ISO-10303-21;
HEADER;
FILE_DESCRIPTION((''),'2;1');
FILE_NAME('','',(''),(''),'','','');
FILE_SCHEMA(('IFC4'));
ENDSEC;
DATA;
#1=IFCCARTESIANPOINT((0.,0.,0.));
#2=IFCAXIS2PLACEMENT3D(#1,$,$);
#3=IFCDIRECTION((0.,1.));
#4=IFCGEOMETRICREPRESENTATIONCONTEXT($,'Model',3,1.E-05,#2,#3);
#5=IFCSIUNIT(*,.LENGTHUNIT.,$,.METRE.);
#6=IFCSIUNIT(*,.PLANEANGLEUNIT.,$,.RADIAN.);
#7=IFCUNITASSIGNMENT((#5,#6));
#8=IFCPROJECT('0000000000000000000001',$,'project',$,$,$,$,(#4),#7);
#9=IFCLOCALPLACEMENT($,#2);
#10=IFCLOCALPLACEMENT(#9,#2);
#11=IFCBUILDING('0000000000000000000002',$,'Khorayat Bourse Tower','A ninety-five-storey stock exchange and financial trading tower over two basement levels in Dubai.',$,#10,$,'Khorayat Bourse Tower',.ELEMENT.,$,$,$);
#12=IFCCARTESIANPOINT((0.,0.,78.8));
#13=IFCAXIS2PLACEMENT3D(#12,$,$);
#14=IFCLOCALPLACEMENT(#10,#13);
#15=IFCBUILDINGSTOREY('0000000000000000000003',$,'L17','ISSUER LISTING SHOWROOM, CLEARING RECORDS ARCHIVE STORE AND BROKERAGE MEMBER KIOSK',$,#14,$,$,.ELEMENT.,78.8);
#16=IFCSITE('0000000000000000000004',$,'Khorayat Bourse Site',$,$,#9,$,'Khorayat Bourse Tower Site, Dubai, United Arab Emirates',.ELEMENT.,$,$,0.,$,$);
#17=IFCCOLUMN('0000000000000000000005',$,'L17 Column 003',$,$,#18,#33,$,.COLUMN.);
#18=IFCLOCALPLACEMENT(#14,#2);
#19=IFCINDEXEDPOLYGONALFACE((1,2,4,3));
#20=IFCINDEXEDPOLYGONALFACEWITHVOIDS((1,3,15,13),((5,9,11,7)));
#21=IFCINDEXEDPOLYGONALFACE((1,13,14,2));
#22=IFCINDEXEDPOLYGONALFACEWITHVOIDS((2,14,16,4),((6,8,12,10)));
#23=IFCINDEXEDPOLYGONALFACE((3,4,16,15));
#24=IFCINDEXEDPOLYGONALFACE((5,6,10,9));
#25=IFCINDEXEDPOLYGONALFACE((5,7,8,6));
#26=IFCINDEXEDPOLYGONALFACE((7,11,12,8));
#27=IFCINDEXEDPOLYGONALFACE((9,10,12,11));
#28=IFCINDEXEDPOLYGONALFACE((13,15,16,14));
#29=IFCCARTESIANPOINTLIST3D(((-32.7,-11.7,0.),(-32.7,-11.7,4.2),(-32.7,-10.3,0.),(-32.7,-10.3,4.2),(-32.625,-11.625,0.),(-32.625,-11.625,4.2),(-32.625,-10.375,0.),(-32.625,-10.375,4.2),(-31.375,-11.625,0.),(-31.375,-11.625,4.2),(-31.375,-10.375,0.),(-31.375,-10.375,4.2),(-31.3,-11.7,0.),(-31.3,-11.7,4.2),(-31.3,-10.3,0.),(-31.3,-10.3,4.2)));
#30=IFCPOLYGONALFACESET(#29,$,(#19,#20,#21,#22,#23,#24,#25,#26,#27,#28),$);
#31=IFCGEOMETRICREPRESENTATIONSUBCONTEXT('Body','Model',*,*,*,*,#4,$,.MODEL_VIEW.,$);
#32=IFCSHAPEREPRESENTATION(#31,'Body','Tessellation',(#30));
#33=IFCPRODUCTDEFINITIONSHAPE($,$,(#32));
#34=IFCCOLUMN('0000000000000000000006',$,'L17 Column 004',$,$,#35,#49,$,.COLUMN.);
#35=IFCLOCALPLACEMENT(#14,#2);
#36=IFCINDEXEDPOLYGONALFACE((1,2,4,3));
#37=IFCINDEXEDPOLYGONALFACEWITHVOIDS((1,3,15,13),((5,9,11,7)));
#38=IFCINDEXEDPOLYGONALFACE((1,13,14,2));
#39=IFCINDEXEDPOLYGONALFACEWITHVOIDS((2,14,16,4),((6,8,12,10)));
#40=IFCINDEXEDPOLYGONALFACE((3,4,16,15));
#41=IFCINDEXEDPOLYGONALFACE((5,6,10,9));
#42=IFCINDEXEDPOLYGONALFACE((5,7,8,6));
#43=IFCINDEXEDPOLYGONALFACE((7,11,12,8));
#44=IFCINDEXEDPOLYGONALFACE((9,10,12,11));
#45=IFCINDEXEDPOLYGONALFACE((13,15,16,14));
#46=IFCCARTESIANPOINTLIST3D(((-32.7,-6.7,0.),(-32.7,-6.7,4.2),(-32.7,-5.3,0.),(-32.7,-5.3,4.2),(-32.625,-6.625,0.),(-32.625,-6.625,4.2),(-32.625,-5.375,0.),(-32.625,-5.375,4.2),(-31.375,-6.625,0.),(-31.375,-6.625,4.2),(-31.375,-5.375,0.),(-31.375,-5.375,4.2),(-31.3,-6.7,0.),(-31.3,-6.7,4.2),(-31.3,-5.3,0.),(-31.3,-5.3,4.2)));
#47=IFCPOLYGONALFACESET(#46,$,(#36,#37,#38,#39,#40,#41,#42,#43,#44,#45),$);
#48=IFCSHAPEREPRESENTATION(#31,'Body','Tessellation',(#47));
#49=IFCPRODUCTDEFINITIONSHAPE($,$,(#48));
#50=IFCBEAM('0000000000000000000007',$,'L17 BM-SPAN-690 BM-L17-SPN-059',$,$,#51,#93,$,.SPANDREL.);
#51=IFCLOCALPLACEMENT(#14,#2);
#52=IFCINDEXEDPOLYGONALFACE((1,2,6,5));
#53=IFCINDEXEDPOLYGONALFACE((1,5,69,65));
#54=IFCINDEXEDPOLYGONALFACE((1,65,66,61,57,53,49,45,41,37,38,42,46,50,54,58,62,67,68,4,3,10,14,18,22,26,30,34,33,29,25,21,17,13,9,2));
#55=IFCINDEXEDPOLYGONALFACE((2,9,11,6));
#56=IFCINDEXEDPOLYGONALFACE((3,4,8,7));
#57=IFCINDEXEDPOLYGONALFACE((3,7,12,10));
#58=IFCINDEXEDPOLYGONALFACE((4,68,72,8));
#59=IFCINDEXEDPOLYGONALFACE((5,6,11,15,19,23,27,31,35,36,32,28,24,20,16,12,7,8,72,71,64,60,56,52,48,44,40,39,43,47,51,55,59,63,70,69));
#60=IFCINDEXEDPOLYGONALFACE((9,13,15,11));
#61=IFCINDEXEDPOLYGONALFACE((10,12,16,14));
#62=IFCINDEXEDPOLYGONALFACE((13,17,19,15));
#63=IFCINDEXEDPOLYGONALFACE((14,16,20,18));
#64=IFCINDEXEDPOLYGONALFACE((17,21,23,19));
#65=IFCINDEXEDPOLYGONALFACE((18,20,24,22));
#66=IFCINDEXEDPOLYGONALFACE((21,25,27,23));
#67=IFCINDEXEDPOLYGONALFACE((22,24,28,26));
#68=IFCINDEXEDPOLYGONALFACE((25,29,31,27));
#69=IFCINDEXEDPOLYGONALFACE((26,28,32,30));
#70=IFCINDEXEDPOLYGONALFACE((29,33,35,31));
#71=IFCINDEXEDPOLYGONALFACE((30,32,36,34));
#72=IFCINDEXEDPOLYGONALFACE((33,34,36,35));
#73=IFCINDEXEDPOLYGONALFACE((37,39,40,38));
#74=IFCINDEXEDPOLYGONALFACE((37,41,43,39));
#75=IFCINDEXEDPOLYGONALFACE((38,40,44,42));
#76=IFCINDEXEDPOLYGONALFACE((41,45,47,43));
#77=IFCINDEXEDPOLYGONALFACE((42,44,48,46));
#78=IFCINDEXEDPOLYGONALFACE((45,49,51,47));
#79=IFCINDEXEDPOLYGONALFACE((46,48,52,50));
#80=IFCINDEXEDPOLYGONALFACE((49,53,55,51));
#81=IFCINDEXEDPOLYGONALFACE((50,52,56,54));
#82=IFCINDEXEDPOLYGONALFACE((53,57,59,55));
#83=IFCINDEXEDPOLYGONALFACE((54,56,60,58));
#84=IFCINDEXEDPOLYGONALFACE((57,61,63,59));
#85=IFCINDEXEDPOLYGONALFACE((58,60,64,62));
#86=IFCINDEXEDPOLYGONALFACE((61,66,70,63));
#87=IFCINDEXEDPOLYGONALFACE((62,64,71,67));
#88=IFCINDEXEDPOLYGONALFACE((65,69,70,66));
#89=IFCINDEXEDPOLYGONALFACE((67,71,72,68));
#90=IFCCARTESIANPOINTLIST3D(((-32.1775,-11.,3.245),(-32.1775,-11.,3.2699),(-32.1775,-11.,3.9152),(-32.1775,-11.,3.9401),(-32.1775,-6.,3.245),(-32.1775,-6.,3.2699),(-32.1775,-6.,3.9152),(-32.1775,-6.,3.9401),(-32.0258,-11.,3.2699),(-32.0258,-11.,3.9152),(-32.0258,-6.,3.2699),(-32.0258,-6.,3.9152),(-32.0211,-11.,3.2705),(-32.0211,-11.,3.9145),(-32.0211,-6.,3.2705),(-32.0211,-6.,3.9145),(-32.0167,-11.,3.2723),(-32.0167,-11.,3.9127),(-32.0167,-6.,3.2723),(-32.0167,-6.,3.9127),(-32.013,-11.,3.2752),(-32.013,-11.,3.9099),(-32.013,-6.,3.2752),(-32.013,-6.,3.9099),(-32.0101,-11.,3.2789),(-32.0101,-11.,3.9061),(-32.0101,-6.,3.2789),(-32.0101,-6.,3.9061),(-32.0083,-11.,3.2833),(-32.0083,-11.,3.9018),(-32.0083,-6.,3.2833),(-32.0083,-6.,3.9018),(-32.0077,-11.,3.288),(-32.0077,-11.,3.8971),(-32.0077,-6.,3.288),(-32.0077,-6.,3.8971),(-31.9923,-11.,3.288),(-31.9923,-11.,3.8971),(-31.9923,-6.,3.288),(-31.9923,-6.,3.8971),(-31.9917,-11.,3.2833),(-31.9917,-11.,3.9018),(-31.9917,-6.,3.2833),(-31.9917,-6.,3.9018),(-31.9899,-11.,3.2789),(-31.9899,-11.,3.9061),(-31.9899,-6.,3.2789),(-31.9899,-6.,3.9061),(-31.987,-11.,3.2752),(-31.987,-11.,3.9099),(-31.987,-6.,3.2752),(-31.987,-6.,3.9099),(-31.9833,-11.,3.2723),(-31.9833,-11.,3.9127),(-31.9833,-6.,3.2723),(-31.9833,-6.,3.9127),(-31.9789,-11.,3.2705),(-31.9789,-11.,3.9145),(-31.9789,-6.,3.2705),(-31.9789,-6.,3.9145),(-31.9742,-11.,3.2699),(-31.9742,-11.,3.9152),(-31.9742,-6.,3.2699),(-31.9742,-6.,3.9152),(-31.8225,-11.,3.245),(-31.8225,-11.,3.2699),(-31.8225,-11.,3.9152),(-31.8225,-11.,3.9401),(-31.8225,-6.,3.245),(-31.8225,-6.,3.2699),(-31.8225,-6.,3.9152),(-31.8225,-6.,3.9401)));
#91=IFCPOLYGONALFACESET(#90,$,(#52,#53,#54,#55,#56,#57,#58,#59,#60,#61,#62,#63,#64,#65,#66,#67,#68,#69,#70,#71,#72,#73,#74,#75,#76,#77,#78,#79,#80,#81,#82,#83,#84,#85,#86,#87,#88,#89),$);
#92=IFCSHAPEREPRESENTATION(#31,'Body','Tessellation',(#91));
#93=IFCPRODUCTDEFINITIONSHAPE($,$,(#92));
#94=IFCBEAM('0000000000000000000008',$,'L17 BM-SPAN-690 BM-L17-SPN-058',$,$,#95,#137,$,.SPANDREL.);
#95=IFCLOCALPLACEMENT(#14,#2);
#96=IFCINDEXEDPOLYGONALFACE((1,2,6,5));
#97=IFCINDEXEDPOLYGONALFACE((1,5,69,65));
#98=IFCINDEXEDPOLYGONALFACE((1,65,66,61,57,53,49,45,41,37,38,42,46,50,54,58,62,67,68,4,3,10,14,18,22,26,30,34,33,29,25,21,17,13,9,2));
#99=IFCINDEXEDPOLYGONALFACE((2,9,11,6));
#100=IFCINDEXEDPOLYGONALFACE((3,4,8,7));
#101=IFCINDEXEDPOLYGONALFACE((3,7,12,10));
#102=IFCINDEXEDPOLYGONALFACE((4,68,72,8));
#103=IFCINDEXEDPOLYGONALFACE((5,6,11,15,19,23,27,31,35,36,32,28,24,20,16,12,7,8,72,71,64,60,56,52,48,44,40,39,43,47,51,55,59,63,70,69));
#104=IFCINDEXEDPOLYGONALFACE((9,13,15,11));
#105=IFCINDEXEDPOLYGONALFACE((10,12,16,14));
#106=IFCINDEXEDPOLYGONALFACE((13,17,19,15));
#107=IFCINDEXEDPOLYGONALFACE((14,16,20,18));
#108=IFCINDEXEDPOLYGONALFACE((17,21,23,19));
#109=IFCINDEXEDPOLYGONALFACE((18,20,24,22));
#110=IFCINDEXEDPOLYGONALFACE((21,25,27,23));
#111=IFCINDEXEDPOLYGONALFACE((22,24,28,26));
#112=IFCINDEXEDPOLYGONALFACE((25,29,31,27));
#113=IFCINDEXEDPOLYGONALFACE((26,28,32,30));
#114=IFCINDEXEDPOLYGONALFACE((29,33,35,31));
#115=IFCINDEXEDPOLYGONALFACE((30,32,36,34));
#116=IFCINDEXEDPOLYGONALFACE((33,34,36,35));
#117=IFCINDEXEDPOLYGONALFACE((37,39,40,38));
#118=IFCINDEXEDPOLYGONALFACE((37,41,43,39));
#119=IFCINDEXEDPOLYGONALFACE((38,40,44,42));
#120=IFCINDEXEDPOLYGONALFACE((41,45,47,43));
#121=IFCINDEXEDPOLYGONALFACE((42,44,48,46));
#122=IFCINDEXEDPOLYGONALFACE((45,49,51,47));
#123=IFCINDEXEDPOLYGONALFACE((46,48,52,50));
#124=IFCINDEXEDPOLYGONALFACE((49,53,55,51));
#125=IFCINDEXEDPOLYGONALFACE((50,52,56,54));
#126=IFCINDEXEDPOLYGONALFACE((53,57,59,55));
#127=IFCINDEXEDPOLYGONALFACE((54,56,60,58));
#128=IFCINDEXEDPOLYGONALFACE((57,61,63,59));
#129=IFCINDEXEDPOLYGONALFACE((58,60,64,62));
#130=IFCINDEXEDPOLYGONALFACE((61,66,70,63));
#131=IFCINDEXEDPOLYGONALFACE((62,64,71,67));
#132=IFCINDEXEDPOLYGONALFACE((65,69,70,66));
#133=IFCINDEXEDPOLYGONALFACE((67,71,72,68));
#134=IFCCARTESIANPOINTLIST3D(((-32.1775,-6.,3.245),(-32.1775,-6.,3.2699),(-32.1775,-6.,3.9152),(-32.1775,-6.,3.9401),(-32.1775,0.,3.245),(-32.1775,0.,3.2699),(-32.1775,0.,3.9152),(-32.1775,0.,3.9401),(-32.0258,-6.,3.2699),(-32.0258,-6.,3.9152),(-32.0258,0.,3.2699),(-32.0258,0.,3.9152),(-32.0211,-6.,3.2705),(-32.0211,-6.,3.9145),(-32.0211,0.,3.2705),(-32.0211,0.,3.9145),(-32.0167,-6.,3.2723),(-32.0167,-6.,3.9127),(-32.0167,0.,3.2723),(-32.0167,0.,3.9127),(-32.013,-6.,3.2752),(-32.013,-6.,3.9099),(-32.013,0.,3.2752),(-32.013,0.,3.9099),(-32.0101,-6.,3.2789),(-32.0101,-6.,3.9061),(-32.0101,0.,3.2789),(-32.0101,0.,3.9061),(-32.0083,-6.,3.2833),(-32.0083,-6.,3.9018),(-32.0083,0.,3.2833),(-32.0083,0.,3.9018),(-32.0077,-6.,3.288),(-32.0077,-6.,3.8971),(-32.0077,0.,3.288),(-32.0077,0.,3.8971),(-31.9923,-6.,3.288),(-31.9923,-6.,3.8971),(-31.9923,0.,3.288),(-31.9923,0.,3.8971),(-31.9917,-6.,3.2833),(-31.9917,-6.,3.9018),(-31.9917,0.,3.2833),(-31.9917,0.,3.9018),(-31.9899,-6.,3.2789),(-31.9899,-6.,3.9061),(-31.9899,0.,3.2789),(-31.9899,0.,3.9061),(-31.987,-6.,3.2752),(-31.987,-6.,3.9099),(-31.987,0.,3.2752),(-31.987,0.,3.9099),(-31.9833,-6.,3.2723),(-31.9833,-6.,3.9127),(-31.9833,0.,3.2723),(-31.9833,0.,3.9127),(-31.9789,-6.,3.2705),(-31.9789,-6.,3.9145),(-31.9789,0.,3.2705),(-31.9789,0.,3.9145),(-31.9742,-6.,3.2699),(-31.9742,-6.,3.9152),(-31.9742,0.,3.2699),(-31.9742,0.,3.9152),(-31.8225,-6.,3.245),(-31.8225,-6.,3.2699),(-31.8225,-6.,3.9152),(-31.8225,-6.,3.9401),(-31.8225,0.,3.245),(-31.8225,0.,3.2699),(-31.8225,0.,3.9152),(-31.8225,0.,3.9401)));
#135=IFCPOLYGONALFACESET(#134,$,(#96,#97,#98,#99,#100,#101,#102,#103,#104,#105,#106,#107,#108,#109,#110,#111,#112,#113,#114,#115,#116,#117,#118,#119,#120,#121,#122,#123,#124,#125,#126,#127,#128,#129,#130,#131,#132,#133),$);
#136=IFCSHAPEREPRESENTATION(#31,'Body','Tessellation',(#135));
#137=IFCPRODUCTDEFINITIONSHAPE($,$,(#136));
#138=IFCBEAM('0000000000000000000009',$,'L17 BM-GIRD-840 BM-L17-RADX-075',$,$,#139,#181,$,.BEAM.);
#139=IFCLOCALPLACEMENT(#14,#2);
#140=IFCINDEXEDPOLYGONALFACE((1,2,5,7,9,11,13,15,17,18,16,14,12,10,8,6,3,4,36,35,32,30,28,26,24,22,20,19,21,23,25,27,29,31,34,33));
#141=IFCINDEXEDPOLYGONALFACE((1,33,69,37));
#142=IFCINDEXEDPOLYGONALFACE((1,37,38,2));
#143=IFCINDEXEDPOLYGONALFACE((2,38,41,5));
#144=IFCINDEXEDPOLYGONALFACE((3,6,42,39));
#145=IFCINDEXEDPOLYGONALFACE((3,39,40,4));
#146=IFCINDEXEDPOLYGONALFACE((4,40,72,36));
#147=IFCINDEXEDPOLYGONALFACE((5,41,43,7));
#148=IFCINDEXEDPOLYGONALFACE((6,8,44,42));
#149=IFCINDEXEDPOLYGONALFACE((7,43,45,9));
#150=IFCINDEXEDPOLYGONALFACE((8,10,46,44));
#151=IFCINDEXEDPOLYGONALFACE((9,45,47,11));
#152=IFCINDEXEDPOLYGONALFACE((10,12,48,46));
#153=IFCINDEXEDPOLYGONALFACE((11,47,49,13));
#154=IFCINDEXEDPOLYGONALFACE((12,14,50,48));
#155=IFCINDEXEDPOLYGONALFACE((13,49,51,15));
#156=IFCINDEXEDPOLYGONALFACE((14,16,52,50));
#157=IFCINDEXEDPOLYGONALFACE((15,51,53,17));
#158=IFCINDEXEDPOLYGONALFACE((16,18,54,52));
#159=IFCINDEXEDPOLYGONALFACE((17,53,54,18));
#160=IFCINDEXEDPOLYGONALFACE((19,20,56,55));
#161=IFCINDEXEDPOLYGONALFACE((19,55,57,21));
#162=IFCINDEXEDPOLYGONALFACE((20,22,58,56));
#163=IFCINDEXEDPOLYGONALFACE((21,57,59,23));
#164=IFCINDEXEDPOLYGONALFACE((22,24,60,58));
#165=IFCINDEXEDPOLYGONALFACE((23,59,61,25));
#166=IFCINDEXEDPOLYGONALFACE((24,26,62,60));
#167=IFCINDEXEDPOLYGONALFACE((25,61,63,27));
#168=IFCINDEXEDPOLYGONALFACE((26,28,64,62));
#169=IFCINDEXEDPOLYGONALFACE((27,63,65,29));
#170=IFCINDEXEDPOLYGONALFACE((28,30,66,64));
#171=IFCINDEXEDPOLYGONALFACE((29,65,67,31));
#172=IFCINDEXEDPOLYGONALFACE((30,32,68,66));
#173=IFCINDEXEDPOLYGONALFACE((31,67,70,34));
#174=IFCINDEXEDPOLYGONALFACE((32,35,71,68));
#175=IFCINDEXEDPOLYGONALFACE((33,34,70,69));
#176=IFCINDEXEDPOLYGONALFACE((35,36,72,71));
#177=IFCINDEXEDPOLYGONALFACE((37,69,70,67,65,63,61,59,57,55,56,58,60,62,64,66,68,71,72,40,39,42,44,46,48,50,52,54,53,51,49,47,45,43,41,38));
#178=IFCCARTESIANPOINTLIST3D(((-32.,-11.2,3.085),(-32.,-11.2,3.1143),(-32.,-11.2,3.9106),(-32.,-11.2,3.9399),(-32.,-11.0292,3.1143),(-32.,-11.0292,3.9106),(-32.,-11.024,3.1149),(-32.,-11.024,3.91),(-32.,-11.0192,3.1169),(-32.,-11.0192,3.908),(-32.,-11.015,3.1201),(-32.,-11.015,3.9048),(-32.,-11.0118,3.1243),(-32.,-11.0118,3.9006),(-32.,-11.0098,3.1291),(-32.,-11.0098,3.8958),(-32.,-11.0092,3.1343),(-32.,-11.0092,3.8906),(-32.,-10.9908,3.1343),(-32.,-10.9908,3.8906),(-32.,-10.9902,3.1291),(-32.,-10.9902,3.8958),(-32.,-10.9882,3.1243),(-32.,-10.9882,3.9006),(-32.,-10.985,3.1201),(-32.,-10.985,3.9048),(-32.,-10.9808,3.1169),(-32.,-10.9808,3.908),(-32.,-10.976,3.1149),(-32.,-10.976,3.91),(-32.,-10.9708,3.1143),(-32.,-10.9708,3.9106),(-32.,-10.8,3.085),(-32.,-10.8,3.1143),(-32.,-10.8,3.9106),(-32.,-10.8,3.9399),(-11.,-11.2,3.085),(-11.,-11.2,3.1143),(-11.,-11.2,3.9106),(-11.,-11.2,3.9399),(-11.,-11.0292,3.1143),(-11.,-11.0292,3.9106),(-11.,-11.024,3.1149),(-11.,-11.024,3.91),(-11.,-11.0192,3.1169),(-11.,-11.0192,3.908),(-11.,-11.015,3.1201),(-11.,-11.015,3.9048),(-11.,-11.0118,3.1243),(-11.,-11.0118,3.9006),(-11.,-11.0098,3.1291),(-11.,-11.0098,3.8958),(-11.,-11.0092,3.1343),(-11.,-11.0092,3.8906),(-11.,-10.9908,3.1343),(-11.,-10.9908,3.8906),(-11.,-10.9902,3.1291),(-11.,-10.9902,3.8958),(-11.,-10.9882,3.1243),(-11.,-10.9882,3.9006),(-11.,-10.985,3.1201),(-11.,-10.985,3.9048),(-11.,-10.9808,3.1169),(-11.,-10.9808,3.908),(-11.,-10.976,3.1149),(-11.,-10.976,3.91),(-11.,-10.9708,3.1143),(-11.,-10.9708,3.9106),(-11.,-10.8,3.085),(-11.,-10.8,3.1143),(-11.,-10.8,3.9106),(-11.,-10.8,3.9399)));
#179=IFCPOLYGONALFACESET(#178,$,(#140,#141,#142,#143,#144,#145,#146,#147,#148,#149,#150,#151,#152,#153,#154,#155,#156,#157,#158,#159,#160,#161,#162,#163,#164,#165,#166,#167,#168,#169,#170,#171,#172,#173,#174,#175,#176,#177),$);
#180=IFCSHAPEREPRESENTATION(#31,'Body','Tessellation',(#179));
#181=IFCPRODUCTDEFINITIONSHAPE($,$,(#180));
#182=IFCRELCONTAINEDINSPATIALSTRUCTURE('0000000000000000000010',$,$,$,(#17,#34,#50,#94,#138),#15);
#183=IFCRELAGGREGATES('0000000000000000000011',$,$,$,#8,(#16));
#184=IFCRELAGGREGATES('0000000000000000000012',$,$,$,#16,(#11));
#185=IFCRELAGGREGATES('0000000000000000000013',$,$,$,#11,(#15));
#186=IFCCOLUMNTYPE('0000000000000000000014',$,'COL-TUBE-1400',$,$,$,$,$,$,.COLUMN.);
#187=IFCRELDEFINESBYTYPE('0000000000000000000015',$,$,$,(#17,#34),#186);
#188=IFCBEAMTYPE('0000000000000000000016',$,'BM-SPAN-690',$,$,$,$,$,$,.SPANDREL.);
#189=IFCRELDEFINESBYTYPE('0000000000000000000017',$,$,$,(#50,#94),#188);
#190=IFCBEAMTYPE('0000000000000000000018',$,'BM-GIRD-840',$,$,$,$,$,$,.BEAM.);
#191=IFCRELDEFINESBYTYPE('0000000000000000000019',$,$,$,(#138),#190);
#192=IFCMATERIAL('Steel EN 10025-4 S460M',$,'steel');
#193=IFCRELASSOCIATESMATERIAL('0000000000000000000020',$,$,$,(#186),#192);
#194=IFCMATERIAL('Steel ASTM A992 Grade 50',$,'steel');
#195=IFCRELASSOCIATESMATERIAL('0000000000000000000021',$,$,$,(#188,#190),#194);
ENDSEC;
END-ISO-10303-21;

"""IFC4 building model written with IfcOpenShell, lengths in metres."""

from ifc_helpers import new_model, si_unit, direction, frame, origin, origin_2d, place, context, subcontext, project, spatial, hollow_rectangle, i_section, extrude, source, transform, mapped, material, material_profile, profile_set, type_object, element, save


model = new_model("IFC4")

# Units and contexts
model_context = context("Model", 3, precision=1e-05, world=origin(), true_north=direction((0.0, 1.0)))
body_context = subcontext(model_context, "Body", "Model", "MODEL_VIEW")
ifc_project = project(units=[si_unit("LENGTHUNIT", "METRE"), si_unit("PLANEANGLEUNIT", "RADIAN")], contexts=[model_context])

# Site, building, storey
site_placement = place(None, origin())
site = spatial("IfcSite", under=ifc_project, at=site_placement, Name="Khorayat Bourse Site", LongName="Khorayat Bourse Tower Site, Dubai, United Arab Emirates", CompositionType="ELEMENT", RefElevation=0.0)
building_placement = place(site_placement, origin())
building = spatial("IfcBuilding", under=site, at=building_placement, Name="Khorayat Bourse Tower", Description="A ninety-five-storey stock exchange and financial trading tower over two basement levels in Dubai.", LongName="Khorayat Bourse Tower", CompositionType="ELEMENT")
storey_placement = place(building_placement, frame((0.0, 0.0, 78.8)))
storey = spatial("IfcBuildingStorey", under=building, at=storey_placement, Name="L17", Description="ISSUER LISTING SHOWROOM, CLEARING RECORDS ARCHIVE STORE AND BROKERAGE MEMBER KIOSK", CompositionType="ELEMENT", Elevation=78.8)

# Columns
ifc_material_1 = material(Name="Steel EN 10025-4 S460M", Category="steel")
ifc_material_profile_1 = material_profile(ifc_material_1, hollow_rectangle(XDim=1.3999, YDim=1.3999, WallThickness=0.075, at=origin_2d()), Name="BOX 1400x1400x75")
ifc_profile_set_1 = profile_set([ifc_material_profile_1], Name="Steel EN 10025-4 S460M")
column_type = type_object("IfcColumnType", Name="COL-TUBE-1400", PredefinedType="COLUMN", material=ifc_profile_set_1)
shared_shape_1 = source(origin(), body_context, "Body", "SweptSolid", [
    extrude(hollow_rectangle(XDim=1.3999, YDim=1.3999, WallThickness=0.075, at=origin_2d()), origin(), (0.0, 0.0, 1.0), 4.2),
])
for number, where, z_axis, x_axis, name in (
    (1, (-32.0, -11.0, 0.0), (0.0, 0.0, 1.0), (1.0, 0.0, 0.0), "L17 Column 003"),
    (2, (-32.0, -6.0, 0.0), (0.0, 0.0, 1.0), (1.0, 0.0, 0.0), "L17 Column 004"),
):
    element("IfcColumn", number, at=place(storey_placement, frame(where, z_axis=z_axis, x_axis=x_axis)), inside=storey, type_object=column_type, Name=name, PredefinedType="COLUMN", context=body_context, shape_type="MappedRepresentation", body=[
        mapped(shared_shape_1, transform((0.0, 0.0, 0.0), scale=1.0)),
    ])

# Beams
ifc_material_2 = material(Name="Steel ASTM A992 Grade 50", Category="steel")
ifc_material_profile_2 = material_profile(ifc_material_2, i_section(OverallWidth=0.355, OverallDepth=0.6951, WebThickness=0.0154, FlangeThickness=0.0249, FilletRadius=0.0181, at=origin_2d()), Name="W690X217")
ifc_profile_set_2 = profile_set([ifc_material_profile_2], Name="Steel ASTM A992 Grade 50")
beam_type_1 = type_object("IfcBeamType", Name="BM-SPAN-690", PredefinedType="SPANDREL", material=ifc_profile_set_2)
shared_shape_2 = source(origin(), body_context, "Body", "SweptSolid", [
    extrude(i_section(OverallWidth=0.355, OverallDepth=0.6951, WebThickness=0.0154, FlangeThickness=0.0249, FilletRadius=0.0181, at=origin_2d()), origin(), (0.0, 0.0, 1.0), 5.0),
])
beam_1_placement = place(storey_placement, frame((-32.0, -11.0, 3.5925), z_axis=(0.0, 1.0, 0.0), x_axis=(-1.0, 0.0, 0.0)))
element("IfcBeam", 3, at=beam_1_placement, inside=storey, type_object=beam_type_1, Name="L17 BM-SPAN-690 BM-L17-SPN-059", PredefinedType="SPANDREL", context=body_context, shape_type="MappedRepresentation", body=[
    mapped(shared_shape_2, transform((0.0, 0.0, 0.0), scale=1.0)),
])
shared_shape_3 = source(origin(), body_context, "Body", "SweptSolid", [
    extrude(i_section(OverallWidth=0.355, OverallDepth=0.6951, WebThickness=0.0154, FlangeThickness=0.0249, FilletRadius=0.0181, at=origin_2d()), origin(), (0.0, 0.0, 1.0), 6.0),
])
beam_2_placement = place(storey_placement, frame((-32.0, -6.0, 3.5925), z_axis=(0.0, 1.0, 0.0), x_axis=(-1.0, 0.0, 0.0)))
element("IfcBeam", 4, at=beam_2_placement, inside=storey, type_object=beam_type_1, Name="L17 BM-SPAN-690 BM-L17-SPN-058", PredefinedType="SPANDREL", context=body_context, shape_type="MappedRepresentation", body=[
    mapped(shared_shape_3, transform((0.0, 0.0, 0.0), scale=1.0)),
])
ifc_material_profile_3 = material_profile(ifc_material_2, i_section(OverallWidth=0.3999, OverallDepth=0.855, WebThickness=0.0183, FlangeThickness=0.0293, FilletRadius=0.02, at=origin_2d()), Name="W840X299")
ifc_profile_set_3 = profile_set([ifc_material_profile_3], Name="Steel ASTM A992 Grade 50")
beam_type_2 = type_object("IfcBeamType", Name="BM-GIRD-840", PredefinedType="BEAM", material=ifc_profile_set_3)
shared_shape_4 = source(origin(), body_context, "Body", "SweptSolid", [
    extrude(i_section(OverallWidth=0.3999, OverallDepth=0.855, WebThickness=0.0183, FlangeThickness=0.0293, FilletRadius=0.02, at=origin_2d()), origin(), (0.0, 0.0, 1.0), 21.0),
])
for number, where, z_axis, x_axis, name in (
    (5, (-32.0, -11.0, 3.5125), (1.0, 0.0, 0.0), (0.0, 1.0, 0.0), "L17 BM-GIRD-840 BM-L17-RADX-075"),
):
    element("IfcBeam", number, at=place(storey_placement, frame(where, z_axis=z_axis, x_axis=x_axis)), inside=storey, type_object=beam_type_2, Name=name, PredefinedType="BEAM", context=body_context, shape_type="MappedRepresentation", body=[
        mapped(shared_shape_4, transform((0.0, 0.0, 0.0), scale=1.0)),
    ])

save(model, "model.ifc")
